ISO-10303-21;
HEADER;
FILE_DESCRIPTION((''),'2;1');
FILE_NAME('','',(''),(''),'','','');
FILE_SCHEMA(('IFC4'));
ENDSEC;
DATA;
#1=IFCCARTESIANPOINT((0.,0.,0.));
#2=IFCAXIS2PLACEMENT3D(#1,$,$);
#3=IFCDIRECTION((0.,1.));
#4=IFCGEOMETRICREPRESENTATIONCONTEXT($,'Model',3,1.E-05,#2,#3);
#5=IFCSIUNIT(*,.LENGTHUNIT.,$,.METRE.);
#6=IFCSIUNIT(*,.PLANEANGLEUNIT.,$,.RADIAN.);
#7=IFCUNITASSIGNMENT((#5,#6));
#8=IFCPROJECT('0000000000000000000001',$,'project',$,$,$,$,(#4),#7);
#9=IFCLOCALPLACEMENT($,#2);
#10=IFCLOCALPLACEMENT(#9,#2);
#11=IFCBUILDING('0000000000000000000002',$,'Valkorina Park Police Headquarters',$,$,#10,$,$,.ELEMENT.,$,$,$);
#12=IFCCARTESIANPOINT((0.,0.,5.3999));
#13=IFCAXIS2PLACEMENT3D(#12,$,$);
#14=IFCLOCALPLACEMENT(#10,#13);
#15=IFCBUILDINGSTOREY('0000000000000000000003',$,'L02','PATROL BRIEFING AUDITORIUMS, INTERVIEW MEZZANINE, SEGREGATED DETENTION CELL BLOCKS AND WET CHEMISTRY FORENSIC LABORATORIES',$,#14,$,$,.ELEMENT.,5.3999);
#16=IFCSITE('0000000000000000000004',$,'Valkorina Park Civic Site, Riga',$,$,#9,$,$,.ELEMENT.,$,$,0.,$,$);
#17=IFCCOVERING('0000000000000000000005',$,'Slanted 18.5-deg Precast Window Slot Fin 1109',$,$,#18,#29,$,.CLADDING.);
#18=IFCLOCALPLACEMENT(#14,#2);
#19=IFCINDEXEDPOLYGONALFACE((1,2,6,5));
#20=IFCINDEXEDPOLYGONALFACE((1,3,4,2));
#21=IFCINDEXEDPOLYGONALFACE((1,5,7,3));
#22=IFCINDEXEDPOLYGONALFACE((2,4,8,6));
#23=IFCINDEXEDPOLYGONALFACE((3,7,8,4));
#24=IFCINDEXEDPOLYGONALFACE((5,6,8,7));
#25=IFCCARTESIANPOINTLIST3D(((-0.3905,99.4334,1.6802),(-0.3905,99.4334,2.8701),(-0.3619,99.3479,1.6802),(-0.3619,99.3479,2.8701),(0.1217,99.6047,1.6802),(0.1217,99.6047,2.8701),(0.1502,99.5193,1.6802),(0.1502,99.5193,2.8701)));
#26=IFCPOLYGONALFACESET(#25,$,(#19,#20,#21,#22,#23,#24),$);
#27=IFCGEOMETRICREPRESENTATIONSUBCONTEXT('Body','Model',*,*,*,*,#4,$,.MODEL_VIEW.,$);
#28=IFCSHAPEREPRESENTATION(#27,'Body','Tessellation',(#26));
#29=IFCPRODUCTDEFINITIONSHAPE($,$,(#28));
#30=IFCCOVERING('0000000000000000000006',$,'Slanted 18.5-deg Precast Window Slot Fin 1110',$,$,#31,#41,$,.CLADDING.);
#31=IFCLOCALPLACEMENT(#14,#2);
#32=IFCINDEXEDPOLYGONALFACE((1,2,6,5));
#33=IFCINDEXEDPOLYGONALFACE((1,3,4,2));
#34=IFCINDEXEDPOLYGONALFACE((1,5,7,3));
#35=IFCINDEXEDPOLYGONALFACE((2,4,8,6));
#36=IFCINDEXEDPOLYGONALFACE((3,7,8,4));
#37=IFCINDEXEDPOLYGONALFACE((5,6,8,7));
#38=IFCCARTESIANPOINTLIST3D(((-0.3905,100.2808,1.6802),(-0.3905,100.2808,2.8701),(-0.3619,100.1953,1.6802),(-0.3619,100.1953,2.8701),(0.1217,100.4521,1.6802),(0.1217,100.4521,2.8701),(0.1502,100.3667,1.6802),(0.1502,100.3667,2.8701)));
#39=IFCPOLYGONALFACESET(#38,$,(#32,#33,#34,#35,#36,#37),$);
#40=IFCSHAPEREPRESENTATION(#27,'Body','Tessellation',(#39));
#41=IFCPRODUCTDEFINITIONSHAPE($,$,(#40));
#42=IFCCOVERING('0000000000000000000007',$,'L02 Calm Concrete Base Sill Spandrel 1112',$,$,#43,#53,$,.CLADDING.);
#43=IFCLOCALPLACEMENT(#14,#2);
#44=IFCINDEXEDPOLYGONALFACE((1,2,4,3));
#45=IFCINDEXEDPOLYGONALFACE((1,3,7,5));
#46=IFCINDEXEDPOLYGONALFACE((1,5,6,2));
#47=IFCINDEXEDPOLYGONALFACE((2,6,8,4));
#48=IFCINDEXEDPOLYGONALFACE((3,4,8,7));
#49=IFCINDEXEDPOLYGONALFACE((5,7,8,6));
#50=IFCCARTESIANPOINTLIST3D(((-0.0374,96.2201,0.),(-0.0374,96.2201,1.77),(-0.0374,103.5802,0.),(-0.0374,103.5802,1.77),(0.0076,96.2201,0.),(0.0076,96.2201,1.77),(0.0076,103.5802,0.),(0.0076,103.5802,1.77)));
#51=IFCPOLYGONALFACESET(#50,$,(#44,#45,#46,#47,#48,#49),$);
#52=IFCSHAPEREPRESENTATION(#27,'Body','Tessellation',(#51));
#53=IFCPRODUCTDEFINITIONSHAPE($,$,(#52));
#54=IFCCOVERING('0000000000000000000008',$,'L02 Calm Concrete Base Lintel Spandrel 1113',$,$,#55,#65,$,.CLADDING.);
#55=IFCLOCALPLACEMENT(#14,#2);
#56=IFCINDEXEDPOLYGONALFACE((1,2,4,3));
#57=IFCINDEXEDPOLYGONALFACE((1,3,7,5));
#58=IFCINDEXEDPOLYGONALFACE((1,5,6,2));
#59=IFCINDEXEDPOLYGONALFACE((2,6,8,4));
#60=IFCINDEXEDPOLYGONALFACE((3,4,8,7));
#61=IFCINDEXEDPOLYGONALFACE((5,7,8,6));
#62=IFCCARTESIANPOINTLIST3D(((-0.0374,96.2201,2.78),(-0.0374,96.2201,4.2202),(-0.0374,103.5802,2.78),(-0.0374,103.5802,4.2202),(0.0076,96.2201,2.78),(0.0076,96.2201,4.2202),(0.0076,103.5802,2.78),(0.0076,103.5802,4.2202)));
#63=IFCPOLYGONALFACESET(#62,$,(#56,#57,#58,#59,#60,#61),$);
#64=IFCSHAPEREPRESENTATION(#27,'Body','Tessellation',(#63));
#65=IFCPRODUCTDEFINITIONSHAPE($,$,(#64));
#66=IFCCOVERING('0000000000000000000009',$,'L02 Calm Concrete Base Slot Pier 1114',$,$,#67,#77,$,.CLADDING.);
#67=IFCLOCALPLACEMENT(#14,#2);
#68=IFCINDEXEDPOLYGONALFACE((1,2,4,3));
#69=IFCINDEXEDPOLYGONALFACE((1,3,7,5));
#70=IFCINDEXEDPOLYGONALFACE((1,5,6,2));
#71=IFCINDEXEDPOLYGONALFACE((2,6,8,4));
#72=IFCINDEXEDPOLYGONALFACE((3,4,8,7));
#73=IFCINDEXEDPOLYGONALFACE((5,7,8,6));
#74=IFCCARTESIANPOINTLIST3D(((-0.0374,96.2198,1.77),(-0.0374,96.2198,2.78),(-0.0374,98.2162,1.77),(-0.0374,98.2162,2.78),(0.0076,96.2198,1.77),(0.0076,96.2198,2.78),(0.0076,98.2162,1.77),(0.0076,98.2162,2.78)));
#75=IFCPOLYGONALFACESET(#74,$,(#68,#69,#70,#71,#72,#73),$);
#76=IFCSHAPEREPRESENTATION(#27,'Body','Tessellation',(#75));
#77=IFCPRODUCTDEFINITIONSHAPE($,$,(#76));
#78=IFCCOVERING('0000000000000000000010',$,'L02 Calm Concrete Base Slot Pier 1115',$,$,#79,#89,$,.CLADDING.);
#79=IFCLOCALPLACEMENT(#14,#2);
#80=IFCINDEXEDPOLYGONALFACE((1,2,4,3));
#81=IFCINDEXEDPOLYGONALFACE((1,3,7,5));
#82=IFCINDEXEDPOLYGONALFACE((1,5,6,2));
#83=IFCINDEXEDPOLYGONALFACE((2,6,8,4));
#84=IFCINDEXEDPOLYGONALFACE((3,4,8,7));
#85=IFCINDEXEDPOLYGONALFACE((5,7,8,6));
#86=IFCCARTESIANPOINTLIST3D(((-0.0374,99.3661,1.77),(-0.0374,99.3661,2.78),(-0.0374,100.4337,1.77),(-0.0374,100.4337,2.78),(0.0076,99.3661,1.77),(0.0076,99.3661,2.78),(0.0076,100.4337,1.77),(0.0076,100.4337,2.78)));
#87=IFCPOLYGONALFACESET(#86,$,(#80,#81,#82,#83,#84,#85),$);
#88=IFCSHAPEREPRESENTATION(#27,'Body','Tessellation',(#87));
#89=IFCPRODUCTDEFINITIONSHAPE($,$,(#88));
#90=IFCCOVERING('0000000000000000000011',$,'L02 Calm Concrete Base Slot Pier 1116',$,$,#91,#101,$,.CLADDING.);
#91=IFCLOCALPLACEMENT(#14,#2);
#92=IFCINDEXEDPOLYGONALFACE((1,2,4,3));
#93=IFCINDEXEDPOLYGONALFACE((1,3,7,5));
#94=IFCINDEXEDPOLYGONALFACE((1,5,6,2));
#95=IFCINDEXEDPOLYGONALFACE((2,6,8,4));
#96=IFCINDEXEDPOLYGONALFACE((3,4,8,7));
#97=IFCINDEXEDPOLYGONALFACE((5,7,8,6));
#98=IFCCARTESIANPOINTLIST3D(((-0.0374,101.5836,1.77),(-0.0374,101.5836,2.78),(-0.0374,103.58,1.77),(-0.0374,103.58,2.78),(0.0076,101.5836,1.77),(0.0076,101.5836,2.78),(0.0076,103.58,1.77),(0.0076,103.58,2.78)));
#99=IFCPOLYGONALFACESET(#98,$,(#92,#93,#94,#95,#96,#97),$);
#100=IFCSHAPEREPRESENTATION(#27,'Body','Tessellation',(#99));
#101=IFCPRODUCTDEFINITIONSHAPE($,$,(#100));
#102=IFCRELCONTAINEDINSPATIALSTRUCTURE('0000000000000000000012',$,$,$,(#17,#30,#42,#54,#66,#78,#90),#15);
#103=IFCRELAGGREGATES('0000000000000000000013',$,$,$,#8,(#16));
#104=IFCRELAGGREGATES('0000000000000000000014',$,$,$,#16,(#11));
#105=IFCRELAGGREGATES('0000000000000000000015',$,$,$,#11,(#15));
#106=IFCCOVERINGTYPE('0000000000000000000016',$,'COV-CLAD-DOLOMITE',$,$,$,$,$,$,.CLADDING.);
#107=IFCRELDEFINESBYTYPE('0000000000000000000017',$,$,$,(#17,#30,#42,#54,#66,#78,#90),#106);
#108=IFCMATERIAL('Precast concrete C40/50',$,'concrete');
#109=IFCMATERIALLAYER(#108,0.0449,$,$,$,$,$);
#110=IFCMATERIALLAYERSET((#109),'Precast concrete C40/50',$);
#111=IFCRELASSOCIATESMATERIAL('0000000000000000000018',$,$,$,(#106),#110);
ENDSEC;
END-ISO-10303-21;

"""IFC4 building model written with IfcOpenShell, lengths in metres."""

from ifc_helpers import new_model, si_unit, direction, frame, frame_2d, origin, origin_2d, place, context, subcontext, project, spatial, rectangle, extrude, material, layer, layer_set, type_object, element, save


model = new_model("IFC4")

# Units and contexts
model_context = context("Model", 3, precision=1e-05, world=origin(), true_north=direction((0.0, 1.0)))
body_context = subcontext(model_context, "Body", "Model", "MODEL_VIEW")
ifc_project = project(units=[si_unit("LENGTHUNIT", "METRE"), si_unit("PLANEANGLEUNIT", "RADIAN")], contexts=[model_context])

# Site, building, storey
site_placement = place(None, origin())
site = spatial("IfcSite", under=ifc_project, at=site_placement, Name="Valkorina Park Civic Site, Riga", CompositionType="ELEMENT", RefElevation=0.0)
building_placement = place(site_placement, origin())
building = spatial("IfcBuilding", under=site, at=building_placement, Name="Valkorina Park Police Headquarters", CompositionType="ELEMENT")
storey_placement = place(building_placement, frame((0.0, 0.0, 5.3999)))
storey = spatial("IfcBuildingStorey", under=building, at=storey_placement, Name="L02", Description="PATROL BRIEFING AUDITORIUMS, INTERVIEW MEZZANINE, SEGREGATED DETENTION CELL BLOCKS AND WET CHEMISTRY FORENSIC LABORATORIES", CompositionType="ELEMENT", Elevation=5.3999)

# Shared definitions
ifc_material_1 = material(Name="Precast concrete C40/50", Category="concrete")

# Coverings
ifc_layer_1 = layer(ifc_material_1, 0.0449)
ifc_layer_set_1 = layer_set([ifc_layer_1], Name="Precast concrete C40/50")
covering_type = type_object("IfcCoveringType", Name="COV-CLAD-DOLOMITE", PredefinedType="CLADDING", material=ifc_layer_set_1)
for number, where, z_axis, x_axis, name in (
    (1, (-0.1201, 99.4763, 1.6802), (0.0, 0.0, 1.0), (-0.948324, -0.317305, 0.0), "Slanted 18.5-deg Precast Window Slot Fin 1109"),
    (2, (-0.1201, 100.3237, 1.6802), (0.0, 0.0, 1.0), (-0.948324, -0.317305, 0.0), "Slanted 18.5-deg Precast Window Slot Fin 1110"),
):
    element("IfcCovering", number, at=place(storey_placement, frame(where, z_axis=z_axis, x_axis=x_axis)), inside=storey, type_object=covering_type, Name=name, PredefinedType="CLADDING", context=body_context, shape_type="SweptSolid", body=[
        extrude(rectangle(XDim=0.54, YDim=0.0901, at=origin_2d()), origin(), (0.0, 0.0, 1.0), 1.1899),
    ])
covering_1_placement = place(storey_placement, frame((-0.0149, 96.22, 0.0), z_axis=(0.0, 0.0, 1.0), x_axis=(0.0, 1.0, 0.0)))
element("IfcCovering", 3, at=covering_1_placement, inside=storey, type_object=covering_type, Name="L02 Calm Concrete Base Sill Spandrel 1112", PredefinedType="CLADDING", context=body_context, shape_type="SweptSolid", body=[
    extrude(rectangle(XDim=7.3601, YDim=0.0449, at=frame_2d((3.6802, 0.0))), origin(), (0.0, 0.0, 1.0), 1.77),
])
covering_2_placement = place(storey_placement, frame((-0.0149, 96.22, 2.78), z_axis=(0.0, 0.0, 1.0), x_axis=(0.0, 1.0, 0.0)))
element("IfcCovering", 4, at=covering_2_placement, inside=storey, type_object=covering_type, Name="L02 Calm Concrete Base Lintel Spandrel 1113", PredefinedType="CLADDING", context=body_context, shape_type="SweptSolid", body=[
    extrude(rectangle(XDim=7.3601, YDim=0.0449, at=frame_2d((3.6802, 0.0))), origin(), (0.0, 0.0, 1.0), 1.4402),
])
covering_3_placement = place(storey_placement, frame((-0.0149, 96.22, 1.77), z_axis=(0.0, 0.0, 1.0), x_axis=(0.0, 1.0, 0.0)))
element("IfcCovering", 5, at=covering_3_placement, inside=storey, type_object=covering_type, Name="L02 Calm Concrete Base Slot Pier 1114", PredefinedType="CLADDING", context=body_context, shape_type="SweptSolid", body=[
    extrude(rectangle(XDim=1.9963, YDim=0.0449, at=frame_2d((0.998, 0.0))), origin(), (0.0, 0.0, 1.0), 1.01),
])
covering_4_placement = place(storey_placement, frame((-0.0149, 99.3662, 1.77), z_axis=(0.0, 0.0, 1.0), x_axis=(0.0, 1.0, 0.0)))
element("IfcCovering", 6, at=covering_4_placement, inside=storey, type_object=covering_type, Name="L02 Calm Concrete Base Slot Pier 1115", PredefinedType="CLADDING", context=body_context, shape_type="SweptSolid", body=[
    extrude(rectangle(XDim=1.0676, YDim=0.0449, at=frame_2d((0.5337, 0.0))), origin(), (0.0, 0.0, 1.0), 1.01),
])
covering_5_placement = place(storey_placement, frame((-0.0149, 101.5837, 1.77), z_axis=(0.0, 0.0, 1.0), x_axis=(0.0, 1.0, 0.0)))
element("IfcCovering", 7, at=covering_5_placement, inside=storey, type_object=covering_type, Name="L02 Calm Concrete Base Slot Pier 1116", PredefinedType="CLADDING", context=body_context, shape_type="SweptSolid", body=[
    extrude(rectangle(XDim=1.9963, YDim=0.0449, at=frame_2d((0.998, 0.0))), origin(), (0.0, 0.0, 1.0), 1.01),
])

save(model, "model.ifc")
